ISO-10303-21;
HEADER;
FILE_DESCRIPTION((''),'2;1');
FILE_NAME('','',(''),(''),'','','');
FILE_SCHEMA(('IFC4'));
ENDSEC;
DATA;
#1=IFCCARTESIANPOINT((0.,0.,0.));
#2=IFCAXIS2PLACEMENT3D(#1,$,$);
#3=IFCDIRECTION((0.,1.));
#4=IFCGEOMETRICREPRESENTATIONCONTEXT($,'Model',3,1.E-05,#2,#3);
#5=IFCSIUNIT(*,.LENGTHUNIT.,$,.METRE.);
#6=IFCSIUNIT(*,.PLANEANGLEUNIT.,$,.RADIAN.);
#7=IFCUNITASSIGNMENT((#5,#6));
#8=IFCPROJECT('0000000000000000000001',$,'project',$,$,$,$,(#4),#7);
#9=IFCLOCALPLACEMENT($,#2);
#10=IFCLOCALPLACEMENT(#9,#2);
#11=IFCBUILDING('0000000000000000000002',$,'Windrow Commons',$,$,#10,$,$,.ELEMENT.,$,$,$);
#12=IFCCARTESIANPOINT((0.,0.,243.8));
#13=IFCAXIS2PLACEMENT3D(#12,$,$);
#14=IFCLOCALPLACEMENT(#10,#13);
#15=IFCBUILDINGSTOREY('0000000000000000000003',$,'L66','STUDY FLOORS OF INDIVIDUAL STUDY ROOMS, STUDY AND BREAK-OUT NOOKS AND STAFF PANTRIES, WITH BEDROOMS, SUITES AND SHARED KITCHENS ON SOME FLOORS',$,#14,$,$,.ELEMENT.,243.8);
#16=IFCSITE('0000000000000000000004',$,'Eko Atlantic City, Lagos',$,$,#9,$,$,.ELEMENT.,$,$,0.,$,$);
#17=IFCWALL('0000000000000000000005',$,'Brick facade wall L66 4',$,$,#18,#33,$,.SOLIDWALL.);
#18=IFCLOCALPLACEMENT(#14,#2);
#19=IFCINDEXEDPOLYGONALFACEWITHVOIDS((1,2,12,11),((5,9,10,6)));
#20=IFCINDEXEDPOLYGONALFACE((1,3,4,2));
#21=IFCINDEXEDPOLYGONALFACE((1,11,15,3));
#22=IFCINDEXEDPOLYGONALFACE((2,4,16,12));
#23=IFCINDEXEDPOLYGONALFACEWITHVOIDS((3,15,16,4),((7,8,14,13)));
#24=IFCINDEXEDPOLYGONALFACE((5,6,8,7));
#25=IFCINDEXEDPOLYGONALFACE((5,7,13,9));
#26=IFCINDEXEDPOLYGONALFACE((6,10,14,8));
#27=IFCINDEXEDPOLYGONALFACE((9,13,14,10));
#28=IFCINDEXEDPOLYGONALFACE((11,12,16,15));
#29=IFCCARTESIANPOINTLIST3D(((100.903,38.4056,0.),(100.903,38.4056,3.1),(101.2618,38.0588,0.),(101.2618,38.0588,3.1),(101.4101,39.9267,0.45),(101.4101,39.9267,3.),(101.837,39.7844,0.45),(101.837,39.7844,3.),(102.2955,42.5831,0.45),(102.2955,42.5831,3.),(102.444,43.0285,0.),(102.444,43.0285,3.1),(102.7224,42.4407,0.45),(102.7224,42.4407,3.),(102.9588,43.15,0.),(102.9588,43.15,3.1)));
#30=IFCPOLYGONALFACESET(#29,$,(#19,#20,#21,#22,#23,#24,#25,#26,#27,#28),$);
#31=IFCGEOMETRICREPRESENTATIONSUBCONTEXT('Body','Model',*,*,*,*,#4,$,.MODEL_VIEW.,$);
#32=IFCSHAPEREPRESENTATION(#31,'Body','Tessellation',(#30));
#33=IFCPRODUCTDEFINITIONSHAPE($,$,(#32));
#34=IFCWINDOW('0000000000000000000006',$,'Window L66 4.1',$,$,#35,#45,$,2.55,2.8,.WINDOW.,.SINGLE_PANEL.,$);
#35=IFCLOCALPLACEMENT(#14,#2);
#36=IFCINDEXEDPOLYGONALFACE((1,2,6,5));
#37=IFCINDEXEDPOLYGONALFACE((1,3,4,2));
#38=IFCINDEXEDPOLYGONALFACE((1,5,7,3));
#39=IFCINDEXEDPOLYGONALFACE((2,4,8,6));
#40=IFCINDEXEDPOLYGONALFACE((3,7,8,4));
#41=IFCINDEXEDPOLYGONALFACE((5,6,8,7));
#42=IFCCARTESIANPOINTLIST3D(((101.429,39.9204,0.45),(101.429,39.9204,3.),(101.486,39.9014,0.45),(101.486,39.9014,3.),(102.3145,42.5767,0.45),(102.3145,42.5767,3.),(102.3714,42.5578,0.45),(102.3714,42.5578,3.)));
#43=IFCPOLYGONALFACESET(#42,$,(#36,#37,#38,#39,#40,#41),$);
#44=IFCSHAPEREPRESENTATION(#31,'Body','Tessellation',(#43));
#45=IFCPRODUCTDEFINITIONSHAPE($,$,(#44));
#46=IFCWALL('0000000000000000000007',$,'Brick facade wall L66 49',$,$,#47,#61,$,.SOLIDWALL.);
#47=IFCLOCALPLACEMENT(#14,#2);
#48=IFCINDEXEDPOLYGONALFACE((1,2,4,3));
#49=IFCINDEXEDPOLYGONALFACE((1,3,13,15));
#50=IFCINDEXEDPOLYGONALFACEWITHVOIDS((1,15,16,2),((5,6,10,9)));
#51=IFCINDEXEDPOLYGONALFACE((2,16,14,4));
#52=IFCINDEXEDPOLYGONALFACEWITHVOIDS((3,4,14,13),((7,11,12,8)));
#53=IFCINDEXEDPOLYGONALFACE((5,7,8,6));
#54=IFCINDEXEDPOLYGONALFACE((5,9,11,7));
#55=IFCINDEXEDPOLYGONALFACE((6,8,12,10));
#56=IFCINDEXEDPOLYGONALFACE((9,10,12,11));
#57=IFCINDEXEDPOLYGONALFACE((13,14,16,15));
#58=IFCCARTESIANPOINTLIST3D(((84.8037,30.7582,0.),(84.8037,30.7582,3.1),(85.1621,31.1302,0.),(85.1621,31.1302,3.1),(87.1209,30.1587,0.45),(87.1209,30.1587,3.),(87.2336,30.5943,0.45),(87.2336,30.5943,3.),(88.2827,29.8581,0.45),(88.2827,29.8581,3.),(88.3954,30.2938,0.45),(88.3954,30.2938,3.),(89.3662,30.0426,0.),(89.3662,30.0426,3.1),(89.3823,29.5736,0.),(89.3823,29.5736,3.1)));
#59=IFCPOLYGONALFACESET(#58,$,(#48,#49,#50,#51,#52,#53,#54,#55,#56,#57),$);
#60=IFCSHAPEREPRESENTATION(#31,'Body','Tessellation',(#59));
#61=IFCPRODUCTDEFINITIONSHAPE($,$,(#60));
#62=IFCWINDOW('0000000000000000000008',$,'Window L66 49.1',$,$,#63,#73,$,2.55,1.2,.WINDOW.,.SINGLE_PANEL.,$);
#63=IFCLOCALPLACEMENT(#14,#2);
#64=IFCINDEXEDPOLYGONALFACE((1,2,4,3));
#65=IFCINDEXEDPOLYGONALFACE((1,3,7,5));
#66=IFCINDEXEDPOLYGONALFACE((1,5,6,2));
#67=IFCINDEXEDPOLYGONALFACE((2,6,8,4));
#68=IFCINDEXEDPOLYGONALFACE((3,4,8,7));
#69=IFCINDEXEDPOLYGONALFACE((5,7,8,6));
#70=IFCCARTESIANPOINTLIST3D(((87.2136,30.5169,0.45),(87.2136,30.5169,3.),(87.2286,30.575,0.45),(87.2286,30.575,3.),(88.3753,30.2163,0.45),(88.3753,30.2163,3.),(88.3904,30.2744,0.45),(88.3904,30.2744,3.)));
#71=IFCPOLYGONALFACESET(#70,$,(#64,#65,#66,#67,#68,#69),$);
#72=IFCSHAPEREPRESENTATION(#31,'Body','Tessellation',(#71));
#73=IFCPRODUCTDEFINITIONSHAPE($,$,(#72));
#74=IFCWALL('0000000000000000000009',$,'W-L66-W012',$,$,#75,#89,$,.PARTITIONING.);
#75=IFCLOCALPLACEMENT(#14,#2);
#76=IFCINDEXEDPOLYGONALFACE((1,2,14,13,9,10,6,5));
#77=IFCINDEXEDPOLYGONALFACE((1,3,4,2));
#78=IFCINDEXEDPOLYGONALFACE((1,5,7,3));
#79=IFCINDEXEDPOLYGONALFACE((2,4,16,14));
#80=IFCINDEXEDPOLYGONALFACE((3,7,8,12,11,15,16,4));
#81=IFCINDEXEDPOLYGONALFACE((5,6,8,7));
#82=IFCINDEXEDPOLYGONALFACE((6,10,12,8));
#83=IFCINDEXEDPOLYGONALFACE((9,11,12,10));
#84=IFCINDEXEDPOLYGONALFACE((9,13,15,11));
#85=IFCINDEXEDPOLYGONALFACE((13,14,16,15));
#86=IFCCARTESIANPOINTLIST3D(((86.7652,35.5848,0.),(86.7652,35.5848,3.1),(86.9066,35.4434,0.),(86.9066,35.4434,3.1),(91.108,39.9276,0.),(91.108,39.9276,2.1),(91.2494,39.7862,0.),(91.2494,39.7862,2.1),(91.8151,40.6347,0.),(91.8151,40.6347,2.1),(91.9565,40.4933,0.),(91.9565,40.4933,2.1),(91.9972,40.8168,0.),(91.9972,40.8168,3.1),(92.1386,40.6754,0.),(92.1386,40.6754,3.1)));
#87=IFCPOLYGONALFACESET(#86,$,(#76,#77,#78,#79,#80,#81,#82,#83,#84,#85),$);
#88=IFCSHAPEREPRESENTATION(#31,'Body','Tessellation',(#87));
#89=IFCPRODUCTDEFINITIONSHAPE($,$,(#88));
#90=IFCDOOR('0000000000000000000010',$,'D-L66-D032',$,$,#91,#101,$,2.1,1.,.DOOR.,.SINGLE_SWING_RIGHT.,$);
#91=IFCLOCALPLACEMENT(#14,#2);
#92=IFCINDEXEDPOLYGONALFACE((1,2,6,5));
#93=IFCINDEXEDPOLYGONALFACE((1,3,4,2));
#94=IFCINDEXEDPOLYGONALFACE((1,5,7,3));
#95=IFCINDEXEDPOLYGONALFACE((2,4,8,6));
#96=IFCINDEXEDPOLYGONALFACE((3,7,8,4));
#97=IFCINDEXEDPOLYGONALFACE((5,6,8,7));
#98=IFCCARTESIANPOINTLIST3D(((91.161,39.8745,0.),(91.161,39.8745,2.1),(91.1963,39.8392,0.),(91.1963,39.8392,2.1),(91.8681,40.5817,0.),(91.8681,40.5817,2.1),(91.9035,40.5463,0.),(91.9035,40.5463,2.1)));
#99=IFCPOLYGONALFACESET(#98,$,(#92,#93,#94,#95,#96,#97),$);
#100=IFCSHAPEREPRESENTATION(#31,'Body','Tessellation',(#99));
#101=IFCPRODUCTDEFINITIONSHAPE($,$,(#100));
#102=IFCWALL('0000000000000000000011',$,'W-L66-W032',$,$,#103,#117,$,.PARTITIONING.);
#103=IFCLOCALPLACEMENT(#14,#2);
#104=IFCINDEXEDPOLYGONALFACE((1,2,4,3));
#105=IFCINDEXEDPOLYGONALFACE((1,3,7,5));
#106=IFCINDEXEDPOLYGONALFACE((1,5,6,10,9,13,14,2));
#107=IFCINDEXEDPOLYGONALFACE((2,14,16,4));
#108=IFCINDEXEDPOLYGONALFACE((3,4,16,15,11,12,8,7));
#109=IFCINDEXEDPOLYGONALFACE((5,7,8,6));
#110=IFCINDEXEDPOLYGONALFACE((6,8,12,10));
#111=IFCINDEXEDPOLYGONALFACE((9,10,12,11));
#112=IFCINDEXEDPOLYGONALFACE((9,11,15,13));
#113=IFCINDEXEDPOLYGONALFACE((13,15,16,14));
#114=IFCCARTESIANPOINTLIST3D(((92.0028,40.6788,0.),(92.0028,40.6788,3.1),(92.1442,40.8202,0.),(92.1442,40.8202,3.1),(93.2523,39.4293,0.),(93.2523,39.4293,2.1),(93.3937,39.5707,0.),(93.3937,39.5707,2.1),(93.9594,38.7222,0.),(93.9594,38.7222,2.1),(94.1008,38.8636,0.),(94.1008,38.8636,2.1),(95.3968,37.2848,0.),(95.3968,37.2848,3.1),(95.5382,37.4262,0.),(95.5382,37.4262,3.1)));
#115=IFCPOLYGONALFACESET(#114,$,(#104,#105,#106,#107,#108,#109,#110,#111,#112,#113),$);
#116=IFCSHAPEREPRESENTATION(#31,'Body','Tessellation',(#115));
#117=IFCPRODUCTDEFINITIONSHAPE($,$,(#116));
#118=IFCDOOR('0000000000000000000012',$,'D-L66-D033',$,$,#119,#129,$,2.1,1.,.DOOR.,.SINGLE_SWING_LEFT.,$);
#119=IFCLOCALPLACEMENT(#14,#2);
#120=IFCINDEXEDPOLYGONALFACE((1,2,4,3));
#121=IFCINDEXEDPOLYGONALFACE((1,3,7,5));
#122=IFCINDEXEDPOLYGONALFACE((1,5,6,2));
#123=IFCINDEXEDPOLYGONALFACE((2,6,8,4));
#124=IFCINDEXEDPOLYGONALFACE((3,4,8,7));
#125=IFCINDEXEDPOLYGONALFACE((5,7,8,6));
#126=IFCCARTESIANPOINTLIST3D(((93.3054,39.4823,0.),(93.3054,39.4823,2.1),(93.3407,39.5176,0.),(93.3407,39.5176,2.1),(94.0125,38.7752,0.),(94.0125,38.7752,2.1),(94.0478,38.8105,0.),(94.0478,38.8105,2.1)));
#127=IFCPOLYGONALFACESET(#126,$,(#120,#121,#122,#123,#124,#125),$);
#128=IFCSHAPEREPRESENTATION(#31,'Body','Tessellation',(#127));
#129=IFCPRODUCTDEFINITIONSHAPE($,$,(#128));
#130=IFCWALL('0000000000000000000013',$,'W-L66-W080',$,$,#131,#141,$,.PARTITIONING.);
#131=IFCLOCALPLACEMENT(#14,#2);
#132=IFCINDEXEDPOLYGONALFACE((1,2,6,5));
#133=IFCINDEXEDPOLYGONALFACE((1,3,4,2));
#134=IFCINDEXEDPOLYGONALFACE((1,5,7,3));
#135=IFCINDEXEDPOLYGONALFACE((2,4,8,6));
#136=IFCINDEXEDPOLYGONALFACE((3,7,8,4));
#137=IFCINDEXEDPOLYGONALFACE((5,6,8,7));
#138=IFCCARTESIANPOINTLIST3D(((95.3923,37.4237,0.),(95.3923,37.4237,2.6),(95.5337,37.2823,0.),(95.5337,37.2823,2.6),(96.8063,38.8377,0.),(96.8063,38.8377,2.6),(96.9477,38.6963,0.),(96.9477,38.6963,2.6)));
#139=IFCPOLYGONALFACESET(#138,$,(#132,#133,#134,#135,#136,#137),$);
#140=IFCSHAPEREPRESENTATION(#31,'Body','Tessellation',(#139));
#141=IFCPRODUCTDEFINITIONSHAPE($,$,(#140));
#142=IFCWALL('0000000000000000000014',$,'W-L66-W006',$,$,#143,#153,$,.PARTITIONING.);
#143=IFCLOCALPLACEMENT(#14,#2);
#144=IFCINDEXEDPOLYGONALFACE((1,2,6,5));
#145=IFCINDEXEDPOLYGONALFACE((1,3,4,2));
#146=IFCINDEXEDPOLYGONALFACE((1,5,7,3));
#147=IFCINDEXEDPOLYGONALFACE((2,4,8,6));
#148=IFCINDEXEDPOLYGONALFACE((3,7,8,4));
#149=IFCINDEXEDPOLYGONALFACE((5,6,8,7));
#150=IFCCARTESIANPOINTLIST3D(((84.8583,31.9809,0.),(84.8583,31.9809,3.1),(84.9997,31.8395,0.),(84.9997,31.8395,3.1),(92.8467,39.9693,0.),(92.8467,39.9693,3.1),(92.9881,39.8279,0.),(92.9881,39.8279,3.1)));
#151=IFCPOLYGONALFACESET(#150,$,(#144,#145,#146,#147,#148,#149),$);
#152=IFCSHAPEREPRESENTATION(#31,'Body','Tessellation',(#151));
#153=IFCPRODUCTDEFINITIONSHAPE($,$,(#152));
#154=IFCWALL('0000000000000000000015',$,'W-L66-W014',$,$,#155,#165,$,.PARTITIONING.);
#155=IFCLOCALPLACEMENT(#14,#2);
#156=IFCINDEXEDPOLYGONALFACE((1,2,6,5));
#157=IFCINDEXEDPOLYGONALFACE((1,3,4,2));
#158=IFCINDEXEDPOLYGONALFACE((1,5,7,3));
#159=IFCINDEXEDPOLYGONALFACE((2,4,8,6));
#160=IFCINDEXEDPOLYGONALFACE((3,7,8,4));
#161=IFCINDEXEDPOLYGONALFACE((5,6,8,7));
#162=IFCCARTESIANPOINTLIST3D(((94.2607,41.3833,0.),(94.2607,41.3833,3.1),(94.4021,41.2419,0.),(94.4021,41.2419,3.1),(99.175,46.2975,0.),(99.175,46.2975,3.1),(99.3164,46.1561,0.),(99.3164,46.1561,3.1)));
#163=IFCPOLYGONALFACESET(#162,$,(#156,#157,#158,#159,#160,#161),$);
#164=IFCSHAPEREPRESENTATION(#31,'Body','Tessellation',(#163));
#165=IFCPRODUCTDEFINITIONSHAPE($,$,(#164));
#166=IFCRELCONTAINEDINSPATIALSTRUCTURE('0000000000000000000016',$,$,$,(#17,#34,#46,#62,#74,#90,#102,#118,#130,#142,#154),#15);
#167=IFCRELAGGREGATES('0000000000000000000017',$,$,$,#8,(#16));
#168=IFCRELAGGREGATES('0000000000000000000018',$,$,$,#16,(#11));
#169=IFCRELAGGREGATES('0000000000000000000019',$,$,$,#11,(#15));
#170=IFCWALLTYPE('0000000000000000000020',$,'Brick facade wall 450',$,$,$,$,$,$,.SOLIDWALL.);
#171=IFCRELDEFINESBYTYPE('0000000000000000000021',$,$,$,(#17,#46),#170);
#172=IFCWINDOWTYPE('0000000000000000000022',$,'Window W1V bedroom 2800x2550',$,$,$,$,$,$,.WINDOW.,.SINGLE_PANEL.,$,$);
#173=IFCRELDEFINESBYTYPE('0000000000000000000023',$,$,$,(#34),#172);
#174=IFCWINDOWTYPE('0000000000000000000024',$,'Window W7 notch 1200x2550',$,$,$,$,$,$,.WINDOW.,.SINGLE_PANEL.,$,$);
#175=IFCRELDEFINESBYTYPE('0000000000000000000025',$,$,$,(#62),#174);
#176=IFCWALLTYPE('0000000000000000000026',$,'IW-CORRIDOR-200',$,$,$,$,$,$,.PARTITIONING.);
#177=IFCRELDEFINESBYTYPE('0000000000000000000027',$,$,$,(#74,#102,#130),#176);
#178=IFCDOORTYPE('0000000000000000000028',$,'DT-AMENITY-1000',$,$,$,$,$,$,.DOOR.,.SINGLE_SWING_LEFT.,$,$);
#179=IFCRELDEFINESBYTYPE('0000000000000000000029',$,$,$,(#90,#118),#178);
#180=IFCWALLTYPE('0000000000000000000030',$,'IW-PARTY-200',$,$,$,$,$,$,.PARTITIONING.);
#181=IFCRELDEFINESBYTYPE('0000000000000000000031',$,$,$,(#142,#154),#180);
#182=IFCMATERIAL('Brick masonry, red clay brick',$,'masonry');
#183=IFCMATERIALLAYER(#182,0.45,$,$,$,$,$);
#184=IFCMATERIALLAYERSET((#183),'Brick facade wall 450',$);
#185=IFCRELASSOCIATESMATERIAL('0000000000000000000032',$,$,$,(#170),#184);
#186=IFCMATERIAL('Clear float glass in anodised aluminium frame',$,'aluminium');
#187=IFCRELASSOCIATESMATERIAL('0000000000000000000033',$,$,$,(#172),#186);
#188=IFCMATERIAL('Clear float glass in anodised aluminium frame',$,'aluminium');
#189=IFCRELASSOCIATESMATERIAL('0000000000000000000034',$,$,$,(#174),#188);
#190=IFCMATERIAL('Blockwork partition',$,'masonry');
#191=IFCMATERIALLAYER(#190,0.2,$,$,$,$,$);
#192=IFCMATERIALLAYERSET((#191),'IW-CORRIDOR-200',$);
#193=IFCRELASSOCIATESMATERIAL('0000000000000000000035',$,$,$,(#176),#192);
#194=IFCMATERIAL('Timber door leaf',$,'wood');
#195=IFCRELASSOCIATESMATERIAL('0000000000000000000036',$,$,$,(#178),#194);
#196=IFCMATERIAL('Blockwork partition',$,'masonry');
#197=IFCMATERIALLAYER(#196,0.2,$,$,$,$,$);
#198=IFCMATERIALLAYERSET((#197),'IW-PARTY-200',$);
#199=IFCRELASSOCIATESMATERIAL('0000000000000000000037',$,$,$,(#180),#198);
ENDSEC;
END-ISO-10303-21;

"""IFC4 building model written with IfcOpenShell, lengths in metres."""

from ifc_helpers import new_model, si_unit, direction, frame, frame_2d, origin, place, context, subcontext, project, spatial, polyline, rectangle, outline, extrude, material, layer, layer_set, type_object, element, fill, save


model = new_model("IFC4")

# Units and contexts
model_context = context("Model", 3, precision=1e-05, world=origin(), true_north=direction((0.0, 1.0)))
body_context = subcontext(model_context, "Body", "Model", "MODEL_VIEW")
ifc_project = project(units=[si_unit("LENGTHUNIT", "METRE"), si_unit("PLANEANGLEUNIT", "RADIAN")], contexts=[model_context])

# Site, building, storey
site_placement = place(None, origin())
site = spatial("IfcSite", under=ifc_project, at=site_placement, Name="Eko Atlantic City, Lagos", CompositionType="ELEMENT", RefElevation=0.0)
building_placement = place(site_placement, origin())
building = spatial("IfcBuilding", under=site, at=building_placement, Name="Windrow Commons", CompositionType="ELEMENT")
storey_placement = place(building_placement, frame((0.0, 0.0, 243.8)))
storey = spatial("IfcBuildingStorey", under=building, at=storey_placement, Name="L66", Description="STUDY FLOORS OF INDIVIDUAL STUDY ROOMS, STUDY AND BREAK-OUT NOOKS AND STAFF PANTRIES, WITH BEDROOMS, SUITES AND SHARED KITCHENS ON SOME FLOORS", CompositionType="ELEMENT", Elevation=243.8)

# Walls, openings, windows
ifc_material_1 = material(Name="Brick masonry, red clay brick", Category="masonry")
ifc_layer_1 = layer(ifc_material_1, 0.45)
ifc_layer_set_1 = layer_set([ifc_layer_1], Name="Brick facade wall 450")
wall_type_1 = type_object("IfcWallType", Name="Brick facade wall 450", PredefinedType="SOLIDWALL", material=ifc_layer_set_1)
ifc_material_2 = material(Name="Clear float glass in anodised aluminium frame", Category="aluminium")
window_type_1 = type_object("IfcWindowType", Name="Window W1V bedroom 2800x2550", PartitioningType="SINGLE_PANEL", PredefinedType="WINDOW", material=ifc_material_2)
wall_1_placement = place(storey_placement, frame((101.0824, 38.2322, 0.0), z_axis=(0.0, 0.0, 1.0), x_axis=(0.316228, 0.948683, 0.0)))
wall_1 = element("IfcWall", 1, at=wall_1_placement, inside=storey, type_object=wall_type_1, Name="Brick facade wall L66 4", PredefinedType="SOLIDWALL", context=body_context, shape_type="SweptSolid", body=[
    extrude(outline(polyline([(-0.1078, -0.225), (5.2588, -0.225), (4.9807, 0.225), (0.1078, 0.225), (-0.1078, -0.225)])), origin(), (0.0, 0.0, 1.0), 3.1),
])
opening_1_placement = place(wall_1_placement, frame((1.7112, 0.0, 0.45)))
opening_1 = element("IfcOpeningElement", 2, at=opening_1_placement, cuts=wall_1, PredefinedType="OPENING", context=body_context, shape_type="SweptSolid", body=[
    extrude(rectangle(XDim=2.8, YDim=2.55, at=frame_2d((1.4, 1.275))), frame((0.0, 0.235, 0.0), z_axis=(0.0, -1.0, 0.0), x_axis=(1.0, 0.0, 0.0)), (0.0, 0.0, 1.0), 0.47),
])
window_1_placement = place(opening_1_placement, origin())
window_1 = element("IfcWindow", 3, at=window_1_placement, inside=storey, type_object=window_type_1, Name="Window L66 4.1", OverallHeight=2.55, OverallWidth=2.8, PartitioningType="SINGLE_PANEL", PredefinedType="WINDOW", context=body_context, shape_type="SweptSolid", body=[
    extrude(rectangle(XDim=2.8, YDim=2.55, at=frame_2d((1.4, 1.275))), frame((0.0, 0.205, 0.0), z_axis=(0.0, -1.0, 0.0), x_axis=(1.0, 0.0, 0.0)), (0.0, 0.0, 1.0), 0.06),
])
fill(opening_1, window_1)
wall_2_placement = place(storey_placement, frame((84.9829, 30.9442, 0.0), z_axis=(0.0, 0.0, 1.0), x_axis=(0.968126, -0.250464, 0.0)))
wall_2 = element("IfcWall", 4, at=wall_2_placement, inside=storey, type_object=wall_type_1, Name="Brick facade wall L66 49", PredefinedType="SOLIDWALL", context=body_context, shape_type="SweptSolid", body=[
    extrude(outline(polyline([(-0.1269, -0.225), (4.6025, -0.225), (4.4694, 0.225), (0.1269, 0.225), (-0.1269, -0.225)])), origin(), (0.0, 0.0, 1.0), 3.1),
])
opening_2_placement = place(wall_2_placement, frame((2.2666, 0.0, 0.45)))
opening_2 = element("IfcOpeningElement", 5, at=opening_2_placement, cuts=wall_2, PredefinedType="OPENING", context=body_context, shape_type="SweptSolid", body=[
    extrude(rectangle(XDim=1.2, YDim=2.55, at=frame_2d((0.6, 1.275))), frame((0.0, 0.235, 0.0), z_axis=(0.0, -1.0, 0.0), x_axis=(1.0, 0.0, 0.0)), (0.0, 0.0, 1.0), 0.47),
])
ifc_material_3 = material(Name="Clear float glass in anodised aluminium frame", Category="aluminium")
window_type_2 = type_object("IfcWindowType", Name="Window W7 notch 1200x2550", PartitioningType="SINGLE_PANEL", PredefinedType="WINDOW", material=ifc_material_3)
window_2_placement = place(opening_2_placement, origin())
window_2 = element("IfcWindow", 6, at=window_2_placement, inside=storey, type_object=window_type_2, Name="Window L66 49.1", OverallHeight=2.55, OverallWidth=1.2, PartitioningType="SINGLE_PANEL", PredefinedType="WINDOW", context=body_context, shape_type="SweptSolid", body=[
    extrude(rectangle(XDim=1.2, YDim=2.55, at=frame_2d((0.6, 1.275))), frame((0.0, 0.205, 0.0), z_axis=(0.0, -1.0, 0.0), x_axis=(1.0, 0.0, 0.0)), (0.0, 0.0, 1.0), 0.06),
])
fill(opening_2, window_2)

# Walls, openings, doors
ifc_material_4 = material(Name="Blockwork partition", Category="masonry")
ifc_layer_2 = layer(ifc_material_4, 0.2)
ifc_layer_set_2 = layer_set([ifc_layer_2], Name="IW-CORRIDOR-200")
wall_type_2 = type_object("IfcWallType", Name="IW-CORRIDOR-200", PredefinedType="PARTITIONING", material=ifc_layer_set_2)
wall_3_placement = place(storey_placement, frame((86.8359, 35.5141, 0.0), z_axis=(0.0, 0.0, 1.0), x_axis=(0.707107, 0.707107, 0.0)))
wall_3 = element("IfcWall", 7, at=wall_3_placement, inside=storey, type_object=wall_type_2, Name="W-L66-W012", PredefinedType="PARTITIONING", context=body_context, shape_type="SweptSolid", body=[
    extrude(rectangle(XDim=7.3992, YDim=0.2, at=frame_2d((3.6996, 0.0))), origin(), (0.0, 0.0, 1.0), 3.1),
])
opening_3_placement = place(wall_3_placement, frame((6.1416, 0.0, 0.0)))
opening_3 = element("IfcOpeningElement", 8, at=opening_3_placement, cuts=wall_3, PredefinedType="OPENING", context=body_context, shape_type="SweptSolid", body=[
    extrude(rectangle(XDim=1.0, YDim=2.1, at=frame_2d((0.5, 1.05))), frame((0.0, 0.11, 0.0), z_axis=(0.0, -1.0, 0.0), x_axis=(1.0, 0.0, 0.0)), (0.0, 0.0, 1.0), 0.22),
])
ifc_material_5 = material(Name="Timber door leaf", Category="wood")
door_type_1 = type_object("IfcDoorType", Name="DT-AMENITY-1000", OperationType="SINGLE_SWING_LEFT", PredefinedType="DOOR", material=ifc_material_5)
door_1_placement = place(opening_3_placement, origin())
door_1 = element("IfcDoor", 9, at=door_1_placement, inside=storey, type_object=door_type_1, Name="D-L66-D032", OperationType="SINGLE_SWING_RIGHT", OverallHeight=2.1, OverallWidth=1.0, PredefinedType="DOOR", context=body_context, shape_type="SweptSolid", body=[
    extrude(rectangle(XDim=1.0, YDim=2.1, at=frame_2d((0.5, 1.05))), frame((0.0, 0.025, 0.0), z_axis=(0.0, -1.0, 0.0), x_axis=(1.0, 0.0, 0.0)), (0.0, 0.0, 1.0), 0.05),
])
fill(opening_3, door_1)
wall_4_placement = place(storey_placement, frame((92.0735, 40.7495, 0.0), z_axis=(0.0, 0.0, 1.0), x_axis=(0.707107, -0.707107, 0.0)))
wall_4 = element("IfcWall", 10, at=wall_4_placement, inside=storey, type_object=wall_type_2, Name="W-L66-W032", PredefinedType="PARTITIONING", context=body_context, shape_type="SweptSolid", body=[
    extrude(rectangle(XDim=4.7998, YDim=0.2, at=frame_2d((2.3999, 0.0))), origin(), (0.0, 0.0, 1.0), 3.1),
])
opening_4_placement = place(wall_4_placement, frame((1.7671, 0.0, 0.0)))
opening_4 = element("IfcOpeningElement", 11, at=opening_4_placement, cuts=wall_4, PredefinedType="OPENING", context=body_context, shape_type="SweptSolid", body=[
    extrude(rectangle(XDim=1.0, YDim=2.1, at=frame_2d((0.5, 1.05))), frame((0.0, 0.11, 0.0), z_axis=(0.0, -1.0, 0.0), x_axis=(1.0, 0.0, 0.0)), (0.0, 0.0, 1.0), 0.22),
])
door_2_placement = place(opening_4_placement, origin())
door_2 = element("IfcDoor", 12, at=door_2_placement, inside=storey, type_object=door_type_1, Name="D-L66-D033", OperationType="SINGLE_SWING_LEFT", OverallHeight=2.1, OverallWidth=1.0, PredefinedType="DOOR", context=body_context, shape_type="SweptSolid", body=[
    extrude(rectangle(XDim=1.0, YDim=2.1, at=frame_2d((0.5, 1.05))), frame((0.0, 0.025, 0.0), z_axis=(0.0, -1.0, 0.0), x_axis=(1.0, 0.0, 0.0)), (0.0, 0.0, 1.0), 0.05),
])
fill(opening_4, door_2)

# Walls
wall_5_placement = place(storey_placement, frame((95.463, 37.353, 0.0), z_axis=(0.0, 0.0, 1.0), x_axis=(0.707107, 0.707107, 0.0)))
element("IfcWall", 13, at=wall_5_placement, inside=storey, type_object=wall_type_2, Name="W-L66-W080", PredefinedType="PARTITIONING", context=body_context, shape_type="SweptSolid", body=[
    extrude(rectangle(XDim=1.9997, YDim=0.2, at=frame_2d((0.9999, 0.0))), origin(), (0.0, 0.0, 1.0), 2.6),
])
ifc_material_6 = material(Name="Blockwork partition", Category="masonry")
ifc_layer_3 = layer(ifc_material_6, 0.2)
ifc_layer_set_3 = layer_set([ifc_layer_3], Name="IW-PARTY-200")
wall_type_3 = type_object("IfcWallType", Name="IW-PARTY-200", PredefinedType="PARTITIONING", material=ifc_layer_set_3)
wall_6_placement = place(storey_placement, frame((84.929, 31.9102, 0.0), z_axis=(0.0, 0.0, 1.0), x_axis=(0.707107, 0.707107, 0.0)))
element("IfcWall", 14, at=wall_6_placement, inside=storey, type_object=wall_type_3, Name="W-L66-W006", PredefinedType="PARTITIONING", context=body_context, shape_type="SweptSolid", body=[
    extrude(rectangle(XDim=11.2973, YDim=0.2, at=frame_2d((5.6486, 0.0))), origin(), (0.0, 0.0, 1.0), 3.1),
])
wall_7_placement = place(storey_placement, frame((94.3314, 41.3126, 0.0), z_axis=(0.0, 0.0, 1.0), x_axis=(0.707114, 0.7071, 0.0)))
element("IfcWall", 15, at=wall_7_placement, inside=storey, type_object=wall_type_3, Name="W-L66-W014", PredefinedType="PARTITIONING", context=body_context, shape_type="SweptSolid", body=[
    extrude(rectangle(XDim=6.9498, YDim=0.2, at=frame_2d((3.4749, 0.0))), origin(), (0.0, 0.0, 1.0), 3.1),
])

save(model, "model.ifc")
